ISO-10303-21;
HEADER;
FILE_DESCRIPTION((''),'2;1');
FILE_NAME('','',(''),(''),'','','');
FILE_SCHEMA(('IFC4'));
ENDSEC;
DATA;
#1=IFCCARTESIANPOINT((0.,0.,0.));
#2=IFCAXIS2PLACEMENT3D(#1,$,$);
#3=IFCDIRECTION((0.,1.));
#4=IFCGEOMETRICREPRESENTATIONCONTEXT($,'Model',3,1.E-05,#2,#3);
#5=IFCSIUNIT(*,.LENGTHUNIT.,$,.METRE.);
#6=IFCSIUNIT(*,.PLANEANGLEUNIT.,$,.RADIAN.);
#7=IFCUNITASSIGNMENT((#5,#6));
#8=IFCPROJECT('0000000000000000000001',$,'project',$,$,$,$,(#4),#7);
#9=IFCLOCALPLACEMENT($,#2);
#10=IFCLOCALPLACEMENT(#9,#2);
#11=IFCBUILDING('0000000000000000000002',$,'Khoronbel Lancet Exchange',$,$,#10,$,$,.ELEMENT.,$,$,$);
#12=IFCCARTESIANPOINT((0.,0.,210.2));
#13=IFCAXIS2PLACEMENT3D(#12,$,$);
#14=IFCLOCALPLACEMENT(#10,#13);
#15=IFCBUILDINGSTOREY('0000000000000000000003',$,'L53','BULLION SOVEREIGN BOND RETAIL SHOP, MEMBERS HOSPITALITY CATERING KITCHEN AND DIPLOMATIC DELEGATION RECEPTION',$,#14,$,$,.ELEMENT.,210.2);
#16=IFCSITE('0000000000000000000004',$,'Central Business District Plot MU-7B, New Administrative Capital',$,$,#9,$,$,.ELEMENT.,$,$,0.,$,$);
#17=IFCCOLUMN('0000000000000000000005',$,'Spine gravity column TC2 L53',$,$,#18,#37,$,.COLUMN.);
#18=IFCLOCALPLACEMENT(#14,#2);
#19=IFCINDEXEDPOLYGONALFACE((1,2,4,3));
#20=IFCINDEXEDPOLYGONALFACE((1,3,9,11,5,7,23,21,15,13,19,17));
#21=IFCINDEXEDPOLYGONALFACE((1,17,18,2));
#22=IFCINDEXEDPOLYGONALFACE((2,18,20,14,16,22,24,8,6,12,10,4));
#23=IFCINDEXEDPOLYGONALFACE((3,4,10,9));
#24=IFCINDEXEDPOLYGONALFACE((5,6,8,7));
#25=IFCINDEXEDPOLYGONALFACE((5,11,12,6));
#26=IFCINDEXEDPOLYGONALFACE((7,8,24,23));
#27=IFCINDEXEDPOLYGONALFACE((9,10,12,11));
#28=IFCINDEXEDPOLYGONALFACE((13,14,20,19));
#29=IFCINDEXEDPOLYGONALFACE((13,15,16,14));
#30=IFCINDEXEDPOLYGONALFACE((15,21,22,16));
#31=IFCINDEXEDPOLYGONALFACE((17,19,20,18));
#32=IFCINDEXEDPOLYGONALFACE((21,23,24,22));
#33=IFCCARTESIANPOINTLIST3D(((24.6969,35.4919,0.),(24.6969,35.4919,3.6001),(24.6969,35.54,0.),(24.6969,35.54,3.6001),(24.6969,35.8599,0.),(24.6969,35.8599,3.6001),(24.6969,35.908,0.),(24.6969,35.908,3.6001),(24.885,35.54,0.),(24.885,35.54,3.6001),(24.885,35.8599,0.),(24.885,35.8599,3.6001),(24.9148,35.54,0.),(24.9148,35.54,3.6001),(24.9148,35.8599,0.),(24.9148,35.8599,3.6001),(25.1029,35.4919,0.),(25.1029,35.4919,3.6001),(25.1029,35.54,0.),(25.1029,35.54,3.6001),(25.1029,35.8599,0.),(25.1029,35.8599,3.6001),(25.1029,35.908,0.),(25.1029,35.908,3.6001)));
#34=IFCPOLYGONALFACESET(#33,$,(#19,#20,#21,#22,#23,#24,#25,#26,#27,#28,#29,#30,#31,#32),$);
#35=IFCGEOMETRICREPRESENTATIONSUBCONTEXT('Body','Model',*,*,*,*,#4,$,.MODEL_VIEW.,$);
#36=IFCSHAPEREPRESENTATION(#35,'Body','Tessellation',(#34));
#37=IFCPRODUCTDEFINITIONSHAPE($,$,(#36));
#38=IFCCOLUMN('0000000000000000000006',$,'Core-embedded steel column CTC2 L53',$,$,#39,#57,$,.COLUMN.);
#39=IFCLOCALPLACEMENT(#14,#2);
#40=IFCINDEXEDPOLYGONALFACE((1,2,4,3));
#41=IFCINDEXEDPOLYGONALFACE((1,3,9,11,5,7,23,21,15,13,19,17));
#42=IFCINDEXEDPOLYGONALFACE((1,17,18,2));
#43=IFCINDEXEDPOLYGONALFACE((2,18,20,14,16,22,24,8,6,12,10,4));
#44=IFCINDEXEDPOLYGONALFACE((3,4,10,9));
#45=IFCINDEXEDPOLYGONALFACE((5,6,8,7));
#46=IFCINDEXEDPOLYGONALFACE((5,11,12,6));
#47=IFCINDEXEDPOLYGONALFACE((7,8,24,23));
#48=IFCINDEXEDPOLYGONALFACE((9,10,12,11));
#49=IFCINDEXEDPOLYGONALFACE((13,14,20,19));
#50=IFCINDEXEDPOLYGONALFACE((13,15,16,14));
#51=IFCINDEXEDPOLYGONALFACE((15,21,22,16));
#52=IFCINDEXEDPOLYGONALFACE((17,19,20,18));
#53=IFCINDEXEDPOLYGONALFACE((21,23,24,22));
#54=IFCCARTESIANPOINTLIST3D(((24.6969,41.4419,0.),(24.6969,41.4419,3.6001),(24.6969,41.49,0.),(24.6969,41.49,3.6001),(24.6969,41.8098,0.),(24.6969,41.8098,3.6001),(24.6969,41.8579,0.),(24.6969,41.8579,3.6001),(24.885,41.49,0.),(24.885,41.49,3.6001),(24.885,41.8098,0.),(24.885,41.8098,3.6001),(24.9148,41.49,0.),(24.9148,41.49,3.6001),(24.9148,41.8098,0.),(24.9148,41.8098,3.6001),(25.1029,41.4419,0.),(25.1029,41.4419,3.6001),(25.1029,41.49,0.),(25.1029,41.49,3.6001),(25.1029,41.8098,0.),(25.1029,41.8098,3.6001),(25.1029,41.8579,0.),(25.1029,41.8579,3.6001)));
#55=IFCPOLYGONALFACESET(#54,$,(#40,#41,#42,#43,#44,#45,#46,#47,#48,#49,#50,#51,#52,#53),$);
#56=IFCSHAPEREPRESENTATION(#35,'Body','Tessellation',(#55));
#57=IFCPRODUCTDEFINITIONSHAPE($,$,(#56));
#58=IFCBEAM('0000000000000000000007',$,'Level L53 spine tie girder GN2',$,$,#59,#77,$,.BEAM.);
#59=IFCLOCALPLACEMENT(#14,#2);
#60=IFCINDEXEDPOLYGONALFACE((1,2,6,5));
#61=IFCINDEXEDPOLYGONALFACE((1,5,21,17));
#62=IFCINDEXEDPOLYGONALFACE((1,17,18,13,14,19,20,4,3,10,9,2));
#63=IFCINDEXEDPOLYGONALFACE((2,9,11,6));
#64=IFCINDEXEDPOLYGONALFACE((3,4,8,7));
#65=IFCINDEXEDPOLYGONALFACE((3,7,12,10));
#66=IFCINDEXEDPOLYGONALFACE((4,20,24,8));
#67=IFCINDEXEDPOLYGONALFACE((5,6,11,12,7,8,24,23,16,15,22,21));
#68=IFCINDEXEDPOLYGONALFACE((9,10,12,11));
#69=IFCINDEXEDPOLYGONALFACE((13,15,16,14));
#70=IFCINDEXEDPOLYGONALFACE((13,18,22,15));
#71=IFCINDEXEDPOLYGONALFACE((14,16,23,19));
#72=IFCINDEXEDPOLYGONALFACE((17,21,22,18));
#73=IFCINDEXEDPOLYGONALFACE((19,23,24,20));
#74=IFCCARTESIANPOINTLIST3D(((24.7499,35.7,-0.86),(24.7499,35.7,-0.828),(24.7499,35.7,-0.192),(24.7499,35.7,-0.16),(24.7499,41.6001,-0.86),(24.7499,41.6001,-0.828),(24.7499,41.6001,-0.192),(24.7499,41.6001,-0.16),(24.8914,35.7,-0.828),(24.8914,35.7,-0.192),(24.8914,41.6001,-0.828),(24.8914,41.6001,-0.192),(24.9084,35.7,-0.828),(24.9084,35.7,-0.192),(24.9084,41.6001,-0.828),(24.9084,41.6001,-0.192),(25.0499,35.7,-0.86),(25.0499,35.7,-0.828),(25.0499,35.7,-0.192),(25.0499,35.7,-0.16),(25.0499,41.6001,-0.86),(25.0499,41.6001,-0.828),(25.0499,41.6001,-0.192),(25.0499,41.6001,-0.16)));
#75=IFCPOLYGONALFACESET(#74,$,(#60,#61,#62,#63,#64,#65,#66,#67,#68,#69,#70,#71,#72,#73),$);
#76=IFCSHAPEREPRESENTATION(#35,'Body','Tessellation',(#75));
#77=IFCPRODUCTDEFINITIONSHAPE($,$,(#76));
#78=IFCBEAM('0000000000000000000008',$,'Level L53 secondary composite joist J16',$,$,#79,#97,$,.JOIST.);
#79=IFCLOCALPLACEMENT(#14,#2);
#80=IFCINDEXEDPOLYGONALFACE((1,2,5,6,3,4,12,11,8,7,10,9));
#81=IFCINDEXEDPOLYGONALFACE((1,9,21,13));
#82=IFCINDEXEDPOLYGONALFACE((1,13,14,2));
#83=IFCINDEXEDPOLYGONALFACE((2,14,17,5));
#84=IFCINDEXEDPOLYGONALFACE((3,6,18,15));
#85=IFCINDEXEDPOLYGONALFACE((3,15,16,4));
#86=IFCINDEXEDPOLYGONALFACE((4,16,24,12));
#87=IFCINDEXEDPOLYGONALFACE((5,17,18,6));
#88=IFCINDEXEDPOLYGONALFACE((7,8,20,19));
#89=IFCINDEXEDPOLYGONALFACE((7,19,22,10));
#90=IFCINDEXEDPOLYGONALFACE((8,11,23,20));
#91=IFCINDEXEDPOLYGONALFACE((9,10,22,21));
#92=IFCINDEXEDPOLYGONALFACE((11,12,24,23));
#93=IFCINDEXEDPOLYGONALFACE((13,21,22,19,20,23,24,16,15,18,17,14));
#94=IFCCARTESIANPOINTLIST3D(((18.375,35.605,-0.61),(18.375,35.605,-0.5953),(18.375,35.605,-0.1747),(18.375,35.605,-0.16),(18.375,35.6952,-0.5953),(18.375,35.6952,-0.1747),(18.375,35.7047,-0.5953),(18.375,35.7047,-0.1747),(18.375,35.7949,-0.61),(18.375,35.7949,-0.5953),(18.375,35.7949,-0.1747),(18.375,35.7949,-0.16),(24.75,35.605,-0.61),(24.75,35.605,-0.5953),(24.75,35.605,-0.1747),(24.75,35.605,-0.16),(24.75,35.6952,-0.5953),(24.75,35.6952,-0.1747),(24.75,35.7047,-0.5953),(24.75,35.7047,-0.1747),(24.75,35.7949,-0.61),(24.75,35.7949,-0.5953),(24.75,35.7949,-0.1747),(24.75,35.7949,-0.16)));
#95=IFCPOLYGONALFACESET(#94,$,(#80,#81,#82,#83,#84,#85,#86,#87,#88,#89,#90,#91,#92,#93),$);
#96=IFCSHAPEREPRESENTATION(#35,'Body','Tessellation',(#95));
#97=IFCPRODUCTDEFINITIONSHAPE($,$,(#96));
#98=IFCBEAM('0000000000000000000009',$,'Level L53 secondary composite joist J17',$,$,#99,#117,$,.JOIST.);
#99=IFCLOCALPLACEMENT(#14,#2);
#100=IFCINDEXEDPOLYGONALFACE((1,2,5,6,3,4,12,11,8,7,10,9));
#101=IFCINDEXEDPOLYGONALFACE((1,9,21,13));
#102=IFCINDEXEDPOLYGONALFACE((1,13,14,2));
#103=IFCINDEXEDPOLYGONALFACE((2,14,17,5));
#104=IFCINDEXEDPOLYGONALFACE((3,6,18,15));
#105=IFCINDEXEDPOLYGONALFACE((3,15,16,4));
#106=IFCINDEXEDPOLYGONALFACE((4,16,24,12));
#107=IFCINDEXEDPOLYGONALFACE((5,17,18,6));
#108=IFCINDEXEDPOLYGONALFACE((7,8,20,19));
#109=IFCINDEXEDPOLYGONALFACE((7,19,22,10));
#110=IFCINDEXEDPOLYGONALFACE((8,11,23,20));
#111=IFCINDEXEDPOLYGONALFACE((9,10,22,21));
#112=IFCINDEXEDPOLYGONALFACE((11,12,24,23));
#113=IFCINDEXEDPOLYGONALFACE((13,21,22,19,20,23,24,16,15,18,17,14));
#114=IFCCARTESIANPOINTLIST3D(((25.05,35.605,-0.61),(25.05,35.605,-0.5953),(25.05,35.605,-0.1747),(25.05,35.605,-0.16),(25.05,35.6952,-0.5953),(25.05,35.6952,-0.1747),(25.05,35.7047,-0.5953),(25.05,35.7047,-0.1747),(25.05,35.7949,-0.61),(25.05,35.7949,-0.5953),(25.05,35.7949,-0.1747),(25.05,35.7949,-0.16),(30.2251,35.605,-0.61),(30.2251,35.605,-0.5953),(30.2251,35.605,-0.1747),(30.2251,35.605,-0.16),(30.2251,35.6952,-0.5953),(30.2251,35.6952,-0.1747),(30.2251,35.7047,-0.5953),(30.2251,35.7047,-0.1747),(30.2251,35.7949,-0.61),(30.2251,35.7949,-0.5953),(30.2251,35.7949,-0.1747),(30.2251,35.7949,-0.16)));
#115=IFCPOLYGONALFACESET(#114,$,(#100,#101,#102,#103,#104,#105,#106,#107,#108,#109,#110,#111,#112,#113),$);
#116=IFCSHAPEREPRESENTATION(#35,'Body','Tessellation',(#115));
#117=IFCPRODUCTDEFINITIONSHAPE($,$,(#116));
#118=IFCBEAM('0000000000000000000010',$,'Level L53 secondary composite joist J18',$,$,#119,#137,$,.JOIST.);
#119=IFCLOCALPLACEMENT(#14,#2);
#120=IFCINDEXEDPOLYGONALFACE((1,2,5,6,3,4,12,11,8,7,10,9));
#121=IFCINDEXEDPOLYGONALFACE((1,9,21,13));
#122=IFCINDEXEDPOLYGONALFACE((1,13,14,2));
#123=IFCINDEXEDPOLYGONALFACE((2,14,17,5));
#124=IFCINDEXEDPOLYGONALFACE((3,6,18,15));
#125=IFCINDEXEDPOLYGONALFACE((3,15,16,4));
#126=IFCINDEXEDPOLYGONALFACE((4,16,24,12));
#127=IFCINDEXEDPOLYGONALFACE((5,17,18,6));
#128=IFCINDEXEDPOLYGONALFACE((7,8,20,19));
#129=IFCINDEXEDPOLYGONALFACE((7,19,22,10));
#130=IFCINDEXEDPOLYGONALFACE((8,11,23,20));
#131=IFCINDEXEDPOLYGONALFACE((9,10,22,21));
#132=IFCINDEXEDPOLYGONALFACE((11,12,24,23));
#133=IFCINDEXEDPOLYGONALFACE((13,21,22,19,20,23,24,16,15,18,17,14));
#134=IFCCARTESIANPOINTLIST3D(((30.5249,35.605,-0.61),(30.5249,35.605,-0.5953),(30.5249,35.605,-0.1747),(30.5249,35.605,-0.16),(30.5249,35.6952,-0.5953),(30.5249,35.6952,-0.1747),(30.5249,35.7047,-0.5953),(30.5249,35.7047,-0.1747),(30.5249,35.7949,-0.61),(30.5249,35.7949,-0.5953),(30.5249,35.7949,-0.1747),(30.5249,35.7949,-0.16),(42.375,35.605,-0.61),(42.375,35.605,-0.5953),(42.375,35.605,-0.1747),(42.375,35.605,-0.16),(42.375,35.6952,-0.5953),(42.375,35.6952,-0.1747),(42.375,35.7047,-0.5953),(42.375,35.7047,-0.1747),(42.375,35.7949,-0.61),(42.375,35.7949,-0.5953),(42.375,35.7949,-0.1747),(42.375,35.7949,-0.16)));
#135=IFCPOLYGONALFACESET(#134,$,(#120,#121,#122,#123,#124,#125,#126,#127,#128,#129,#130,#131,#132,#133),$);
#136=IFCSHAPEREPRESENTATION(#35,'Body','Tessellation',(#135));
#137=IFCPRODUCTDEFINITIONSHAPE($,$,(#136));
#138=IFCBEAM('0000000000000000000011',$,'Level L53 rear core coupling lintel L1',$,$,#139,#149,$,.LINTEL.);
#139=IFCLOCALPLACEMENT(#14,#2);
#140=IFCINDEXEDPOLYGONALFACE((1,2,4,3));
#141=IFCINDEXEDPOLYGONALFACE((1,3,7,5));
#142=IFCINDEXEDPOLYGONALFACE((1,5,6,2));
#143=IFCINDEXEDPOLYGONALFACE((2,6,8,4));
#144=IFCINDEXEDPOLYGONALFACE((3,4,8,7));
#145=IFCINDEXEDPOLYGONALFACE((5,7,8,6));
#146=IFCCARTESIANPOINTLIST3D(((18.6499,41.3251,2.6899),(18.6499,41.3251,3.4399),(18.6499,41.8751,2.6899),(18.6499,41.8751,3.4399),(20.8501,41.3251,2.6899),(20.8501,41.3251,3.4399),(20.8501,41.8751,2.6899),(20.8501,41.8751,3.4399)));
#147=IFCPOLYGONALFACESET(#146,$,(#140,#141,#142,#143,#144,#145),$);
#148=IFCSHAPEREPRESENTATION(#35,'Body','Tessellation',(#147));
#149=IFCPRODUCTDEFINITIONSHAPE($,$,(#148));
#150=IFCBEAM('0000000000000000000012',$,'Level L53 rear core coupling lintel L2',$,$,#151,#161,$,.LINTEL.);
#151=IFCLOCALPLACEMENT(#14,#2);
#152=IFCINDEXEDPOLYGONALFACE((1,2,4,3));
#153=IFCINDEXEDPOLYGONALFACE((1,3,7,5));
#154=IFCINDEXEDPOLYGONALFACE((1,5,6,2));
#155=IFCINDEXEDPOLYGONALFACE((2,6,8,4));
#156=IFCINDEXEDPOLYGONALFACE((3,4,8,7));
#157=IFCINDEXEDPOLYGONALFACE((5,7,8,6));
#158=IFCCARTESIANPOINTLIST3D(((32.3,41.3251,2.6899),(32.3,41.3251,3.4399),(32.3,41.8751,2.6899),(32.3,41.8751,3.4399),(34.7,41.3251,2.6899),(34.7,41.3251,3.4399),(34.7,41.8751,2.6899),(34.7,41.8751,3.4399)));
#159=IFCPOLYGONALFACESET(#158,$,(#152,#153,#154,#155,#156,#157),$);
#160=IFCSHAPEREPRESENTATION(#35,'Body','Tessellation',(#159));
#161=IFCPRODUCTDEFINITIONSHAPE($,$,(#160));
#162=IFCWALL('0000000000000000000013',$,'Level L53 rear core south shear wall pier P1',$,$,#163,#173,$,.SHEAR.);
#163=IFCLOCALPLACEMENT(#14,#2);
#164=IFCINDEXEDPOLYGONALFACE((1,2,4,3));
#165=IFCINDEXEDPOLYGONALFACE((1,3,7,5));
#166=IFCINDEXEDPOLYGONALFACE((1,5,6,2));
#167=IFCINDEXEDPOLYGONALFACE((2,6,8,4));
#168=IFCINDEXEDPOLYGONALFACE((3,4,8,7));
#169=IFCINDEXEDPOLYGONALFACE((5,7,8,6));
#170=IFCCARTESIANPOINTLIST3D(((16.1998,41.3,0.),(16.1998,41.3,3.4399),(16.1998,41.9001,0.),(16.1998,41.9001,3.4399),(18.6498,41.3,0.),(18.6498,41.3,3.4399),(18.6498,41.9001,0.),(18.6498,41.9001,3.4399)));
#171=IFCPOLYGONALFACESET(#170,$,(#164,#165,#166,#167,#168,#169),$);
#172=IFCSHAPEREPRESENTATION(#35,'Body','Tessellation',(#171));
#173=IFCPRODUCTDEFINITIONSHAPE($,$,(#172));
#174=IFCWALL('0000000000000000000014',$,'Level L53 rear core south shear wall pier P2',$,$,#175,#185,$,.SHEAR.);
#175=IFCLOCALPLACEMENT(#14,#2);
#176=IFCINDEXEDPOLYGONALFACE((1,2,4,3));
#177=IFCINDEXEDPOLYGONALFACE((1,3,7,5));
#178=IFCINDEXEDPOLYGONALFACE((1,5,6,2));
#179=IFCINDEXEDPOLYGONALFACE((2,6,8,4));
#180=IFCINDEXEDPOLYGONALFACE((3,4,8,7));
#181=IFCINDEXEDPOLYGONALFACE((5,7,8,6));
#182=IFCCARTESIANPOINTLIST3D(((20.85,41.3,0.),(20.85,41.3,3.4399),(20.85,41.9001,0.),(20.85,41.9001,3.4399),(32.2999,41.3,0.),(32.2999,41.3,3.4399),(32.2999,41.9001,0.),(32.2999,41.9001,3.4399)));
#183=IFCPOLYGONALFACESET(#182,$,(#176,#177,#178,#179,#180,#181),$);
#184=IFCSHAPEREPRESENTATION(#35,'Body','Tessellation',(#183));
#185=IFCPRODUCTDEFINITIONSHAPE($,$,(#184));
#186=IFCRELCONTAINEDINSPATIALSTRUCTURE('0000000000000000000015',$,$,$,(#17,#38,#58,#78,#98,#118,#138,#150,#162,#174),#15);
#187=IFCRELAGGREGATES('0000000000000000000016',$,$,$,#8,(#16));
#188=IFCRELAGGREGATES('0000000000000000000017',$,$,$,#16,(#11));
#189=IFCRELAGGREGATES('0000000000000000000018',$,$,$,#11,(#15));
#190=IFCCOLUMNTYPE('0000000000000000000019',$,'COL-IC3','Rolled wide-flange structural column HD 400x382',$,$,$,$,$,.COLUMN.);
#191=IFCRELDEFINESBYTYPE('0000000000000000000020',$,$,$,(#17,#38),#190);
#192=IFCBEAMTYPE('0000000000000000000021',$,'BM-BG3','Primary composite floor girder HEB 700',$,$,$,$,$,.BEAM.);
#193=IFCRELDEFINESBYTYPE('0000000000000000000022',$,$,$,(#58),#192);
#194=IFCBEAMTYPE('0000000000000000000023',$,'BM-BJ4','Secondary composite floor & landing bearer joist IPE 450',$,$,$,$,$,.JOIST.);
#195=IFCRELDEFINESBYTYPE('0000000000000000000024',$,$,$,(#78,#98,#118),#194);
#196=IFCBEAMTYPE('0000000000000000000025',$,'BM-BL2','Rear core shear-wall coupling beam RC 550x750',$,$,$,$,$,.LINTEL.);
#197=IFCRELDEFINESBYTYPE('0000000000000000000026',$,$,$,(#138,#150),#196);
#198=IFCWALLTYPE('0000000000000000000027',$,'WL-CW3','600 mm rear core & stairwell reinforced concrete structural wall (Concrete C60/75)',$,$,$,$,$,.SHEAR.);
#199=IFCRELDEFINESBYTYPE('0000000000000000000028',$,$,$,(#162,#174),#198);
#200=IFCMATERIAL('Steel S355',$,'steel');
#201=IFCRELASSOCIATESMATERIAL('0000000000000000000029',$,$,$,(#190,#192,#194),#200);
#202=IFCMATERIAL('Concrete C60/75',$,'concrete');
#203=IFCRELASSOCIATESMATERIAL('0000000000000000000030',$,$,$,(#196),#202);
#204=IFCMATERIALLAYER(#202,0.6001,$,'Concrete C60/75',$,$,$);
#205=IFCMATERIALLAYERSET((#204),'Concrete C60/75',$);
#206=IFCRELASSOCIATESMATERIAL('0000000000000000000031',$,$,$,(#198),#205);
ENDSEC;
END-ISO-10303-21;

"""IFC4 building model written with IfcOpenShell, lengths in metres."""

from ifc_helpers import new_model, si_unit, direction, frame, frame_2d, origin, origin_2d, place, context, subcontext, project, spatial, rectangle, i_section, extrude, material, layer, layer_set, material_profile, profile_set, type_object, element, save


model = new_model("IFC4")

# Units and contexts
model_context = context("Model", 3, precision=1e-05, world=origin(), true_north=direction((0.0, 1.0)))
body_context = subcontext(model_context, "Body", "Model", "MODEL_VIEW")
ifc_project = project(units=[si_unit("LENGTHUNIT", "METRE"), si_unit("PLANEANGLEUNIT", "RADIAN")], contexts=[model_context])

# Site, building, storey
site_placement = place(None, origin())
site = spatial("IfcSite", under=ifc_project, at=site_placement, Name="Central Business District Plot MU-7B, New Administrative Capital", CompositionType="ELEMENT", RefElevation=0.0)
building_placement = place(site_placement, origin())
building = spatial("IfcBuilding", under=site, at=building_placement, Name="Khoronbel Lancet Exchange", CompositionType="ELEMENT")
storey_placement = place(building_placement, frame((0.0, 0.0, 210.2)))
storey = spatial("IfcBuildingStorey", under=building, at=storey_placement, Name="L53", Description="BULLION SOVEREIGN BOND RETAIL SHOP, MEMBERS HOSPITALITY CATERING KITCHEN AND DIPLOMATIC DELEGATION RECEPTION", CompositionType="ELEMENT", Elevation=210.2)

# Columns
ifc_material_1 = material(Name="Steel S355", Category="steel")
ifc_material_profile_1 = material_profile(ifc_material_1, i_section(OverallWidth=0.406, OverallDepth=0.416, WebThickness=0.0298, FlangeThickness=0.0481, at=origin_2d()), Name="HD 400x382")
ifc_profile_set_1 = profile_set([ifc_material_profile_1], Name="Steel S355")
column_type = type_object("IfcColumnType", Name="COL-IC3", Description="Rolled wide-flange structural column HD 400x382", PredefinedType="COLUMN", material=ifc_profile_set_1)
for number, where, z_axis, x_axis, name in (
    (1, (24.8999, 35.7, 0.0), (0.0, 0.0, 1.0), (1.0, 0.0, 0.0), "Spine gravity column TC2 L53"),
    (2, (24.8999, 41.6499, 0.0), (0.0, 0.0, 1.0), (1.0, 0.0, 0.0), "Core-embedded steel column CTC2 L53"),
):
    element("IfcColumn", number, at=place(storey_placement, frame(where, z_axis=z_axis, x_axis=x_axis)), inside=storey, type_object=column_type, Name=name, PredefinedType="COLUMN", context=body_context, shape_type="SweptSolid", body=[
        extrude(i_section(OverallWidth=0.406, OverallDepth=0.416, WebThickness=0.0298, FlangeThickness=0.0481, at=origin_2d()), origin(), (0.0, 0.0, 1.0), 3.6001),
    ])

# Beams
ifc_material_profile_2 = material_profile(ifc_material_1, i_section(OverallWidth=0.3, OverallDepth=0.7, WebThickness=0.0171, FlangeThickness=0.032, at=origin_2d()), Name="HEB 700")
ifc_profile_set_2 = profile_set([ifc_material_profile_2], Name="Steel S355")
beam_type_1 = type_object("IfcBeamType", Name="BM-BG3", Description="Primary composite floor girder HEB 700", PredefinedType="BEAM", material=ifc_profile_set_2)
beam_1_placement = place(storey_placement, frame((24.8999, 35.7, -0.51), z_axis=(0.0, 1.0, 0.0), x_axis=(-1.0, 0.0, 0.0)))
element("IfcBeam", 3, at=beam_1_placement, inside=storey, type_object=beam_type_1, Name="Level L53 spine tie girder GN2", PredefinedType="BEAM", context=body_context, shape_type="SweptSolid", body=[
    extrude(i_section(OverallWidth=0.3, OverallDepth=0.7, WebThickness=0.0171, FlangeThickness=0.032, at=origin_2d()), origin(), (0.0, 0.0, 1.0), 5.9001),
])
ifc_material_profile_3 = material_profile(ifc_material_1, i_section(OverallWidth=0.1899, OverallDepth=0.45, WebThickness=0.0095, FlangeThickness=0.0146, at=origin_2d()), Name="IPE 450")
ifc_profile_set_3 = profile_set([ifc_material_profile_3], Name="Steel S355")
beam_type_2 = type_object("IfcBeamType", Name="BM-BJ4", Description="Secondary composite floor & landing bearer joist IPE 450", PredefinedType="JOIST", material=ifc_profile_set_3)
beam_2_placement = place(storey_placement, frame((18.375, 35.7, -0.385), z_axis=(1.0, 0.0, 0.0), x_axis=(0.0, 1.0, 0.0)))
element("IfcBeam", 4, at=beam_2_placement, inside=storey, type_object=beam_type_2, Name="Level L53 secondary composite joist J16", PredefinedType="JOIST", context=body_context, shape_type="SweptSolid", body=[
    extrude(i_section(OverallWidth=0.1899, OverallDepth=0.45, WebThickness=0.0095, FlangeThickness=0.0146, at=origin_2d()), origin(), (0.0, 0.0, 1.0), 6.375),
])
beam_3_placement = place(storey_placement, frame((25.05, 35.7, -0.385), z_axis=(1.0, 0.0, 0.0), x_axis=(0.0, 1.0, 0.0)))
element("IfcBeam", 5, at=beam_3_placement, inside=storey, type_object=beam_type_2, Name="Level L53 secondary composite joist J17", PredefinedType="JOIST", context=body_context, shape_type="SweptSolid", body=[
    extrude(i_section(OverallWidth=0.1899, OverallDepth=0.45, WebThickness=0.0095, FlangeThickness=0.0146, at=origin_2d()), origin(), (0.0, 0.0, 1.0), 5.175),
])
beam_4_placement = place(storey_placement, frame((30.5249, 35.7, -0.385), z_axis=(1.0, 0.0, 0.0), x_axis=(0.0, 1.0, 0.0)))
element("IfcBeam", 6, at=beam_4_placement, inside=storey, type_object=beam_type_2, Name="Level L53 secondary composite joist J18", PredefinedType="JOIST", context=body_context, shape_type="SweptSolid", body=[
    extrude(i_section(OverallWidth=0.1899, OverallDepth=0.45, WebThickness=0.0095, FlangeThickness=0.0146, at=origin_2d()), origin(), (0.0, 0.0, 1.0), 11.8501),
])
ifc_material_2 = material(Name="Concrete C60/75", Category="concrete")
ifc_material_profile_4 = material_profile(ifc_material_2, rectangle(XDim=0.55, YDim=0.75, at=origin_2d()), Name="RC 550x750")
ifc_profile_set_4 = profile_set([ifc_material_profile_4], Name="Concrete C60/75")
beam_type_3 = type_object("IfcBeamType", Name="BM-BL2", Description="Rear core shear-wall coupling beam RC 550x750", PredefinedType="LINTEL", material=ifc_profile_set_4)
beam_5_placement = place(storey_placement, frame((18.6499, 41.6001, 3.0649), z_axis=(1.0, 0.0, 0.0), x_axis=(0.0, 1.0, 0.0)))
element("IfcBeam", 7, at=beam_5_placement, inside=storey, type_object=beam_type_3, Name="Level L53 rear core coupling lintel L1", PredefinedType="LINTEL", context=body_context, shape_type="SweptSolid", body=[
    extrude(rectangle(XDim=0.55, YDim=0.75, at=origin_2d()), origin(), (0.0, 0.0, 1.0), 2.2002),
])
beam_6_placement = place(storey_placement, frame((32.3, 41.6001, 3.0649), z_axis=(1.0, 0.0, 0.0), x_axis=(0.0, 1.0, 0.0)))
element("IfcBeam", 8, at=beam_6_placement, inside=storey, type_object=beam_type_3, Name="Level L53 rear core coupling lintel L2", PredefinedType="LINTEL", context=body_context, shape_type="SweptSolid", body=[
    extrude(rectangle(XDim=0.55, YDim=0.75, at=origin_2d()), origin(), (0.0, 0.0, 1.0), 2.3999),
])

# Walls
ifc_layer_1 = layer(ifc_material_2, 0.6001, Name="Concrete C60/75")
ifc_layer_set_1 = layer_set([ifc_layer_1], Name="Concrete C60/75")
wall_type_1 = type_object("IfcWallType", Name="WL-CW3", Description="600 mm rear core & stairwell reinforced concrete structural wall (Concrete C60/75)", PredefinedType="SHEAR", material=ifc_layer_set_1)
wall_1_placement = place(storey_placement, frame((18.6499, 41.6001, 0.0), z_axis=(0.0, 0.0, 1.0), x_axis=(-1.0, 0.0, 0.0)))
element("IfcWall", 9, at=wall_1_placement, inside=storey, type_object=wall_type_1, Name="Level L53 rear core south shear wall pier P1", PredefinedType="SHEAR", context=body_context, shape_type="SweptSolid", body=[
    extrude(rectangle(XDim=2.45, YDim=0.6001, at=frame_2d((1.2251, 0.0))), origin(), (0.0, 0.0, 1.0), 3.4399),
])
wall_2_placement = place(storey_placement, frame((32.3, 41.6001, 0.0), z_axis=(0.0, 0.0, 1.0), x_axis=(-1.0, 0.0, 0.0)))
element("IfcWall", 10, at=wall_2_placement, inside=storey, type_object=wall_type_1, Name="Level L53 rear core south shear wall pier P2", PredefinedType="SHEAR", context=body_context, shape_type="SweptSolid", body=[
    extrude(rectangle(XDim=11.45, YDim=0.6001, at=frame_2d((5.7251, 0.0))), origin(), (0.0, 0.0, 1.0), 3.4399),
])

save(model, "model.ifc")
